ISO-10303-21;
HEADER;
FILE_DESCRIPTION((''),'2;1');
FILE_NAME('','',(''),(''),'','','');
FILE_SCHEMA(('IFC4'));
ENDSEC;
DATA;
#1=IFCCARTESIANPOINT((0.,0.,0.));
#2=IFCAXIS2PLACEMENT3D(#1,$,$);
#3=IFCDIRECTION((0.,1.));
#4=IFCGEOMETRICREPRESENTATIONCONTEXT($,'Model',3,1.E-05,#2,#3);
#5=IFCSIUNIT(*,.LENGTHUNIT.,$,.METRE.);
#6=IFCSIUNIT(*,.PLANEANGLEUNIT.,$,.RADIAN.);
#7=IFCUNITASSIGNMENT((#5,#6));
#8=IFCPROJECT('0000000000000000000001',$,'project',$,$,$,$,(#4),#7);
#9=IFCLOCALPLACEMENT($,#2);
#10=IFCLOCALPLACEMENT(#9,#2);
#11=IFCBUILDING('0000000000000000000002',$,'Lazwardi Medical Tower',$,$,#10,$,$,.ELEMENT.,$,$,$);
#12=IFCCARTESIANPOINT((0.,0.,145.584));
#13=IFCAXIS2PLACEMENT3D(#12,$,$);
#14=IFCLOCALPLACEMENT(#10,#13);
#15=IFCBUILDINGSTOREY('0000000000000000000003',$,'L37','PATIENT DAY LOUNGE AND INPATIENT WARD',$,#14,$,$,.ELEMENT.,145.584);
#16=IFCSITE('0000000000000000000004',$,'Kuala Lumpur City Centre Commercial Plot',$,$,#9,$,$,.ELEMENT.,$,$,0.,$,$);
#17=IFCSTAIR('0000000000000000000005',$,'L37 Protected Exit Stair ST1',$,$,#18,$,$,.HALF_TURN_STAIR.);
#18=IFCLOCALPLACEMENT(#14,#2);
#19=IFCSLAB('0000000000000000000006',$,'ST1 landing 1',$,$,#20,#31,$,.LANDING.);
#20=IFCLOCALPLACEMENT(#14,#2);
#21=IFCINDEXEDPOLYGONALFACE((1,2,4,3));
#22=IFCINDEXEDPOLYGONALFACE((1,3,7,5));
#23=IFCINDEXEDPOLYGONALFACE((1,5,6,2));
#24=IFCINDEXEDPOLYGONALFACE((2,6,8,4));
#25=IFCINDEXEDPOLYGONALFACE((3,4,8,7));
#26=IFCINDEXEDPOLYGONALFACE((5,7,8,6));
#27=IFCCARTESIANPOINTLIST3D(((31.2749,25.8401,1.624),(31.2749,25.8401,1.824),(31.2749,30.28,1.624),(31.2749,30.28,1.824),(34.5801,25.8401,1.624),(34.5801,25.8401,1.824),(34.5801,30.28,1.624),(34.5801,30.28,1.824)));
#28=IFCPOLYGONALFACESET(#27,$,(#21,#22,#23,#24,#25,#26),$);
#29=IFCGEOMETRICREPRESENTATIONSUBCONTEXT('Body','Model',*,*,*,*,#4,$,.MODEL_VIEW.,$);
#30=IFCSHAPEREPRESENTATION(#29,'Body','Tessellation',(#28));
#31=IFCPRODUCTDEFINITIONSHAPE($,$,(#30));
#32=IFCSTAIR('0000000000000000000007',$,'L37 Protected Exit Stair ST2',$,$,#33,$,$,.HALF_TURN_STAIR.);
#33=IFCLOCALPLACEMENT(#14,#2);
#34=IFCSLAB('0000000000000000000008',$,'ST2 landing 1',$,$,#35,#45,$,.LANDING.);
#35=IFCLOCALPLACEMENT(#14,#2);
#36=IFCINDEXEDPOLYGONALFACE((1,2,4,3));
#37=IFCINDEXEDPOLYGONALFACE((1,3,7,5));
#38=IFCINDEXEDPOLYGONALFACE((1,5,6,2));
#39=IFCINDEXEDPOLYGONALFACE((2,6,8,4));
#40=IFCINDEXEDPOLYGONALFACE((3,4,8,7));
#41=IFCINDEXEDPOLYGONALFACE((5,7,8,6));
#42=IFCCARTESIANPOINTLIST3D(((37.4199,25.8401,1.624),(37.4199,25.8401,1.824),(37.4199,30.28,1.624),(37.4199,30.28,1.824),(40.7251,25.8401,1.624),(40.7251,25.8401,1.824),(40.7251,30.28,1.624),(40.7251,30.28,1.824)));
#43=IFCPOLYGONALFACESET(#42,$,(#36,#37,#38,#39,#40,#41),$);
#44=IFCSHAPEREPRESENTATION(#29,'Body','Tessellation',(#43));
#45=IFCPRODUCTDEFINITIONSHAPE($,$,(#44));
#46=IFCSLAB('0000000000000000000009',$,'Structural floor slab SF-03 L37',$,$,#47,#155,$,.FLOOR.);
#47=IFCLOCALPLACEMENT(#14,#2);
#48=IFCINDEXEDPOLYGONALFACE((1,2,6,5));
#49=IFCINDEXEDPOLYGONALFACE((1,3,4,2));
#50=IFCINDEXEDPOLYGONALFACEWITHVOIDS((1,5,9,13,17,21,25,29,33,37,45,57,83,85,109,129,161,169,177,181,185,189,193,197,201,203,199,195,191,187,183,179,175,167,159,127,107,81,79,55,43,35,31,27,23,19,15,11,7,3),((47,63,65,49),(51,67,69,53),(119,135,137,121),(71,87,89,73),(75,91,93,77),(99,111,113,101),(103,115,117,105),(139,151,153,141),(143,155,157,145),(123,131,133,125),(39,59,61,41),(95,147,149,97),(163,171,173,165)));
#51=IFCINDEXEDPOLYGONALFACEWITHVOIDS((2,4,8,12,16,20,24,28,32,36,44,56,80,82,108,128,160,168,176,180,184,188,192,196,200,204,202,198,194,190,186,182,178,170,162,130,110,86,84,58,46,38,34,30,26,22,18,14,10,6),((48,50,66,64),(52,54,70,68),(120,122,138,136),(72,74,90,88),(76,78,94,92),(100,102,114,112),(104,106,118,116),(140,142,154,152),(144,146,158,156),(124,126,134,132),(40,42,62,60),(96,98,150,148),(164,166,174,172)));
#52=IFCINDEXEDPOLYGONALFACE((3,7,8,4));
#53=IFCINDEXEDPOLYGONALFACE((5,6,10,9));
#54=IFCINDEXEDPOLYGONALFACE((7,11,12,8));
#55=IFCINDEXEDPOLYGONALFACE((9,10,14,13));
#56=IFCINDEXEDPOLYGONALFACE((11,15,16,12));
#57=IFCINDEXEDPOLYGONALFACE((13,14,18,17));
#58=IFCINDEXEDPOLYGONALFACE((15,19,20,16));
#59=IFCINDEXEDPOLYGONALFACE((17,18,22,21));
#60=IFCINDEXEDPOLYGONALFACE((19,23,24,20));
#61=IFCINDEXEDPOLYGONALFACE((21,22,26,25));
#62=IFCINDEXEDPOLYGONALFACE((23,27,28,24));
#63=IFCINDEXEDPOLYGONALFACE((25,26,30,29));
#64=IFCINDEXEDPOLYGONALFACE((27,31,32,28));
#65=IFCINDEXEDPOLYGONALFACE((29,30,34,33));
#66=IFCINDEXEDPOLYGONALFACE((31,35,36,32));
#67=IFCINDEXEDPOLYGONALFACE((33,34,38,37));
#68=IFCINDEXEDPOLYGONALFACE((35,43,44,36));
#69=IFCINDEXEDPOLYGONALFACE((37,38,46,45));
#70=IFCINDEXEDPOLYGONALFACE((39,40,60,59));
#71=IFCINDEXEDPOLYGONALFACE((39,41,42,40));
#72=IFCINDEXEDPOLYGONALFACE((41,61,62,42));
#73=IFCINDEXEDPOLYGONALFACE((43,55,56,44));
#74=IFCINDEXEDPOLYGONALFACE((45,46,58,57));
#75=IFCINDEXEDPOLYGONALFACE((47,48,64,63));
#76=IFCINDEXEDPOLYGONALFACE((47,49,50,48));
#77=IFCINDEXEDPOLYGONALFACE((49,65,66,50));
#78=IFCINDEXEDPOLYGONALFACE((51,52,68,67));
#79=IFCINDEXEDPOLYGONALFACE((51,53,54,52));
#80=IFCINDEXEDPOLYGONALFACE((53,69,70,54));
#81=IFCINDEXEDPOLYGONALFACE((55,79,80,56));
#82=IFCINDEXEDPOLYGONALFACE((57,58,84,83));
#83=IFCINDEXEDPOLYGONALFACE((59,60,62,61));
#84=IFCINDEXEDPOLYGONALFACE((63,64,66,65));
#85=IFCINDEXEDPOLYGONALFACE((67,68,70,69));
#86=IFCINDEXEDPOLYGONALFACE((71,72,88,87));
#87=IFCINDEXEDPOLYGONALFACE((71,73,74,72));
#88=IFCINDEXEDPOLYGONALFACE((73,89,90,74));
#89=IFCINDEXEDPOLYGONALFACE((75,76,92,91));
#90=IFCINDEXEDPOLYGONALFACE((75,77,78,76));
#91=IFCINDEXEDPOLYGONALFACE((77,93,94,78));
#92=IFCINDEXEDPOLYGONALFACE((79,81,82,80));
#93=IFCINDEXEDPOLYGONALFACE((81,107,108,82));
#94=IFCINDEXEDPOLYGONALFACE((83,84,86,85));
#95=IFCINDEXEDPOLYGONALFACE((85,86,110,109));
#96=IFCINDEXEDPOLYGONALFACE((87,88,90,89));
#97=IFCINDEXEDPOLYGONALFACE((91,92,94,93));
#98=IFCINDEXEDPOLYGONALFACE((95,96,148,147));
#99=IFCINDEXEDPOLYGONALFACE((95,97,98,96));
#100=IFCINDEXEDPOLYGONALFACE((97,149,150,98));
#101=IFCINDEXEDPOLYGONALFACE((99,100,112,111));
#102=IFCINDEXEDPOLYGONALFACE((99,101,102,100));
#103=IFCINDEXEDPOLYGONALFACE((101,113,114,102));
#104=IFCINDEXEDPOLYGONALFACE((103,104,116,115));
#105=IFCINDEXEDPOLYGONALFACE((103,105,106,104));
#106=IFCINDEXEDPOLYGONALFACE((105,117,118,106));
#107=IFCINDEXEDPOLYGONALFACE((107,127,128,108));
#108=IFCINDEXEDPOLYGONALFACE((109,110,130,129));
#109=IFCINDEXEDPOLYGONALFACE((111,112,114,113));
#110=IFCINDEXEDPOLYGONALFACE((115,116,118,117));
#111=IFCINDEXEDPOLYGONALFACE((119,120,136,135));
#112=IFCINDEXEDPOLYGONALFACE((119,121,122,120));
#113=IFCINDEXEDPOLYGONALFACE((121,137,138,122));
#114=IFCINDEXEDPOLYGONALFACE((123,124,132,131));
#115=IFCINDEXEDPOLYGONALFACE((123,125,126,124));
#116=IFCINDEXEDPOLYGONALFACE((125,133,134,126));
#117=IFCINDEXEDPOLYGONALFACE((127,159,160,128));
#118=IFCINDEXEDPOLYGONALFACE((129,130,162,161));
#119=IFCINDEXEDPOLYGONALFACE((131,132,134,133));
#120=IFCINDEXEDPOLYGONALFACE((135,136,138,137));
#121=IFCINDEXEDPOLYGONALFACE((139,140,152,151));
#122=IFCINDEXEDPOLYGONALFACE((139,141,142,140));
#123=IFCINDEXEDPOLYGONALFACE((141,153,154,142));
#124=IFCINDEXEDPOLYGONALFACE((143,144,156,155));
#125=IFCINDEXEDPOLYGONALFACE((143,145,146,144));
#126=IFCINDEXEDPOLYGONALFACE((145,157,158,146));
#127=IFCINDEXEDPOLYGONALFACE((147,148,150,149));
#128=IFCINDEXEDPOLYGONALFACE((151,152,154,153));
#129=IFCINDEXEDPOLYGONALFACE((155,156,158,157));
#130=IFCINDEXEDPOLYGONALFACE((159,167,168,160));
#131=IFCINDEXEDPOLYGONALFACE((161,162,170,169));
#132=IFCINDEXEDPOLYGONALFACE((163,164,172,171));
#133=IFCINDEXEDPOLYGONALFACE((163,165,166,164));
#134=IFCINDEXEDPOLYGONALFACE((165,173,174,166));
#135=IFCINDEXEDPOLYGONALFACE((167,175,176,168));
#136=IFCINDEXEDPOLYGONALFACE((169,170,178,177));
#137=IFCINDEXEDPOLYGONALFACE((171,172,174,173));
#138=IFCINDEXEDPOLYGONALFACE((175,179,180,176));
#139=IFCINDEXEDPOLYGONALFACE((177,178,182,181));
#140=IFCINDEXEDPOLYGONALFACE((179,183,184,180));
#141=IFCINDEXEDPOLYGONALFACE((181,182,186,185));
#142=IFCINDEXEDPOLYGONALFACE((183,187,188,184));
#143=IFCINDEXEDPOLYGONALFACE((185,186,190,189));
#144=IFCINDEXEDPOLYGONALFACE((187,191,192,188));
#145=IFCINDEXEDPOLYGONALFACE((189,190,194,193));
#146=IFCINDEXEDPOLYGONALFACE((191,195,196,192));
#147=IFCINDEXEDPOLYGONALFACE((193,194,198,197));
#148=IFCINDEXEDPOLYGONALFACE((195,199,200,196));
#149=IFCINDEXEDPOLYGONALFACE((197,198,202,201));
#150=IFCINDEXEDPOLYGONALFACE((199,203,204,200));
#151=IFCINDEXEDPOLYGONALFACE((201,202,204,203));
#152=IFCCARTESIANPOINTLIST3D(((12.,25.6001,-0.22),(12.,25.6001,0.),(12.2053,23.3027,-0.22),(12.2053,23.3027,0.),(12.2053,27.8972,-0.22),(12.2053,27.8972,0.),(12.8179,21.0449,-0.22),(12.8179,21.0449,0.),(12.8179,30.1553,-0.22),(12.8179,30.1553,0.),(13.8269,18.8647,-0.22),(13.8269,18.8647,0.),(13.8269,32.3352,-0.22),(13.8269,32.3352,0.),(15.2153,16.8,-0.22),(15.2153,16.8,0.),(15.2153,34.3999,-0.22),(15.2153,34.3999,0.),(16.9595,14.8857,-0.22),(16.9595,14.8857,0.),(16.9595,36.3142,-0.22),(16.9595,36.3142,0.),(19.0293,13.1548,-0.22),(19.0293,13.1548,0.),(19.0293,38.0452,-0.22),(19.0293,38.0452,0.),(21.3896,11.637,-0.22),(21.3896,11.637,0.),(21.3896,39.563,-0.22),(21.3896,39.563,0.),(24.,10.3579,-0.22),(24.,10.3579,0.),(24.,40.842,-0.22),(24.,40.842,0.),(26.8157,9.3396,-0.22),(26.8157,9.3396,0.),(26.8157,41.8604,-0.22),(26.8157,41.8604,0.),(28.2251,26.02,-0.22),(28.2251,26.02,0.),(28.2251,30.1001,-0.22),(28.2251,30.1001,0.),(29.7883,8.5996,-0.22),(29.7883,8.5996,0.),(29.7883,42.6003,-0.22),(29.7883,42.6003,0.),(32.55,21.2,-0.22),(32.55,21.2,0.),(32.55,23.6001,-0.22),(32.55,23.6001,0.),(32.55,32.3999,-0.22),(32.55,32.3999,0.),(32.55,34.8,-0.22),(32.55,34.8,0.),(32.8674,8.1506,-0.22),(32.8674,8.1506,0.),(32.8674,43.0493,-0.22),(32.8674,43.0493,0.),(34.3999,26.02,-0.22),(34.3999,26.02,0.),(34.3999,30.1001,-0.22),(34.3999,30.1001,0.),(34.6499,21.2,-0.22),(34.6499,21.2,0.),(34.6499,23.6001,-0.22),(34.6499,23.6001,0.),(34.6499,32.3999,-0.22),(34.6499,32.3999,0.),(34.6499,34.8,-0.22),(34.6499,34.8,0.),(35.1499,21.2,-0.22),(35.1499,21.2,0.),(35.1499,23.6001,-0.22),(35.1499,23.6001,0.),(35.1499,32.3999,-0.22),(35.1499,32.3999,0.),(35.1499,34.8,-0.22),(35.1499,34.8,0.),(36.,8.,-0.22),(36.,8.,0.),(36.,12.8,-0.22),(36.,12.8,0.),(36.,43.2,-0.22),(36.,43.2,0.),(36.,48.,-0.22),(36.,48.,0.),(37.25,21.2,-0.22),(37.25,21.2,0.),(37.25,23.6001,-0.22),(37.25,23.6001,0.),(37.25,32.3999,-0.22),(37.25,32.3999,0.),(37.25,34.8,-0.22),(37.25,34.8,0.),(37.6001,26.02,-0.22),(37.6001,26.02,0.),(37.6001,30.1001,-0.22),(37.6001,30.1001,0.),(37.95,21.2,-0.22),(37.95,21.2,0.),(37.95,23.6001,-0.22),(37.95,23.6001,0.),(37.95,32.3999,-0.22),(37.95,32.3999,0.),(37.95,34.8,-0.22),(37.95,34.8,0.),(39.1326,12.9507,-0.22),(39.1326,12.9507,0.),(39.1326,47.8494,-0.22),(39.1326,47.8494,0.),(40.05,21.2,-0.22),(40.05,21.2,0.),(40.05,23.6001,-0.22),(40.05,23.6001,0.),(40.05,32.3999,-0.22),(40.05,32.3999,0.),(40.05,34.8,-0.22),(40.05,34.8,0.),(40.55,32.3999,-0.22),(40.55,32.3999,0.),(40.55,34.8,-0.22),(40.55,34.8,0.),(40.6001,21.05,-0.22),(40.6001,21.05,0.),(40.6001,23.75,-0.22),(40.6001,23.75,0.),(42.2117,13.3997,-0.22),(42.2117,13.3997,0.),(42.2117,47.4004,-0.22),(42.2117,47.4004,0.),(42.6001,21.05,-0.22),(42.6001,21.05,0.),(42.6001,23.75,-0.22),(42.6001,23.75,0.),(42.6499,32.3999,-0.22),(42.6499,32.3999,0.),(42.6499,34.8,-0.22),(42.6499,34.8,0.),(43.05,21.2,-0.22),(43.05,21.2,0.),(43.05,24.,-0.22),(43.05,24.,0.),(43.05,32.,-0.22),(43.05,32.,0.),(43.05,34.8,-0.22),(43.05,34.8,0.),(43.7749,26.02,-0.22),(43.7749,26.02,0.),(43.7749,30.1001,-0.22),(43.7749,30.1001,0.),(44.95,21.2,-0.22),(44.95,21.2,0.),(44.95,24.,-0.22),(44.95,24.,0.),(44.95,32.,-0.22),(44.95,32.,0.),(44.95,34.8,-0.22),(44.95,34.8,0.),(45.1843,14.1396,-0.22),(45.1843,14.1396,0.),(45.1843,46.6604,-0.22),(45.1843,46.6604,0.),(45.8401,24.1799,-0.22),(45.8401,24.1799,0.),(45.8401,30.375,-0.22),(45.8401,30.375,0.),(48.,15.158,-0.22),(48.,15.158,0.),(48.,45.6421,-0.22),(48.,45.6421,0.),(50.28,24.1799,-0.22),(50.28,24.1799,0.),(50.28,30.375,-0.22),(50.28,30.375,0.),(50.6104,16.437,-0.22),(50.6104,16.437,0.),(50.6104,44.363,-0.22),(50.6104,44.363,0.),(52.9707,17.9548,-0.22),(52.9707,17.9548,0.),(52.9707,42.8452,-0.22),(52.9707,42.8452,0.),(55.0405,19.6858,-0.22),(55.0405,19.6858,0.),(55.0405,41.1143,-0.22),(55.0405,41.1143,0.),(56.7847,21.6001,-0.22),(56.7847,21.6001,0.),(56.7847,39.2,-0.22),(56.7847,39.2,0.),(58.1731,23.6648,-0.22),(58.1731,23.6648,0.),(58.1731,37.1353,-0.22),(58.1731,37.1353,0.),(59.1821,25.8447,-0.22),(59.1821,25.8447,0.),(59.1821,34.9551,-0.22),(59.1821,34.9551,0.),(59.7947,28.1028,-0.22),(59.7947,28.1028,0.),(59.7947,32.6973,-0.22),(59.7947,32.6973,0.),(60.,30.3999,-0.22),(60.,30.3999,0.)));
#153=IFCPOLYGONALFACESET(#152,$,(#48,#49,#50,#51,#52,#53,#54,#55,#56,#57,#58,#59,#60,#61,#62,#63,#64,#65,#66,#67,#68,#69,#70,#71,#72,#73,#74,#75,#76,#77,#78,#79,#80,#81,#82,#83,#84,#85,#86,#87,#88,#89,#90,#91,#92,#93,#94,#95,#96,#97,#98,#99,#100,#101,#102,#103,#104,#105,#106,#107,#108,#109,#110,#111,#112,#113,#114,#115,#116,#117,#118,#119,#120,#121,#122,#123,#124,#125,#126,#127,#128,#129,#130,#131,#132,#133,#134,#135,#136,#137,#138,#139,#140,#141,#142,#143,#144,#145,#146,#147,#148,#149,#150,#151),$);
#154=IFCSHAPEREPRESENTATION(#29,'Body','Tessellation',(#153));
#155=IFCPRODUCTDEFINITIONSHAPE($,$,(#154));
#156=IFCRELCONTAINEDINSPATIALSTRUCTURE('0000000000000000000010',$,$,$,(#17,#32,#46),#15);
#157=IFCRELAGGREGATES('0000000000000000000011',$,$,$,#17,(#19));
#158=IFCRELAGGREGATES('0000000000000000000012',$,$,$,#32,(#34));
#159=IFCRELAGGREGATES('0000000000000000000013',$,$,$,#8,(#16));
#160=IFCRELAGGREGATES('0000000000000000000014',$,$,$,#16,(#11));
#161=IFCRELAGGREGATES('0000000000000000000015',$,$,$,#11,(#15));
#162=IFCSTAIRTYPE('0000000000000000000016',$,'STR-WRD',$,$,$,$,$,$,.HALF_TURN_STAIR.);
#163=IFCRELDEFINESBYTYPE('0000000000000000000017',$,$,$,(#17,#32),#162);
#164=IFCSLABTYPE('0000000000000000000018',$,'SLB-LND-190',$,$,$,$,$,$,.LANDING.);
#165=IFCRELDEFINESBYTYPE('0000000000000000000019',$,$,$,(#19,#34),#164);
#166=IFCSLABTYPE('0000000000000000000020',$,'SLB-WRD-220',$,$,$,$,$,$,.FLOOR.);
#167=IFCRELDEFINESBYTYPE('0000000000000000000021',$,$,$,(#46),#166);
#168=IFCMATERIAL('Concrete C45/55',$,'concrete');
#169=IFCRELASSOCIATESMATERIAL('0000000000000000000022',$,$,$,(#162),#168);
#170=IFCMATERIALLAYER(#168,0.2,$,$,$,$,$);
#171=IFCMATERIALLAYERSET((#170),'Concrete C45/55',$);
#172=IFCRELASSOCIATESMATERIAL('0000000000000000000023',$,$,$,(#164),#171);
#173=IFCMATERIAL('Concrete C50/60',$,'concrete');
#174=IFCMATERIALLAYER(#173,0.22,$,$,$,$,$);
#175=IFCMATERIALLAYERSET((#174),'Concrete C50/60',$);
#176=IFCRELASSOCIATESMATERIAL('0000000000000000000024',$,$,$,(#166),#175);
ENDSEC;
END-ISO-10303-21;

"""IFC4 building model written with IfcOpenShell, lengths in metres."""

from ifc_helpers import new_model, si_unit, direction, frame, origin, place, context, subcontext, project, spatial, polyline, outline, extrude, material, layer, layer_set, type_object, element, aggregate, save


model = new_model("IFC4")

# Units and contexts
model_context = context("Model", 3, precision=1e-05, world=origin(), true_north=direction((0.0, 1.0)))
body_context = subcontext(model_context, "Body", "Model", "MODEL_VIEW")
ifc_project = project(units=[si_unit("LENGTHUNIT", "METRE"), si_unit("PLANEANGLEUNIT", "RADIAN")], contexts=[model_context])

# Site, building, storey
site_placement = place(None, origin())
site = spatial("IfcSite", under=ifc_project, at=site_placement, Name="Kuala Lumpur City Centre Commercial Plot", CompositionType="ELEMENT", RefElevation=0.0)
building_placement = place(site_placement, origin())
building = spatial("IfcBuilding", under=site, at=building_placement, Name="Lazwardi Medical Tower", CompositionType="ELEMENT")
storey_placement = place(building_placement, frame((0.0, 0.0, 145.584)))
storey = spatial("IfcBuildingStorey", under=building, at=storey_placement, Name="L37", Description="PATIENT DAY LOUNGE AND INPATIENT WARD", CompositionType="ELEMENT", Elevation=145.584)

# Stairs, slabs
ifc_material_1 = material(Name="Concrete C45/55", Category="concrete")
stair_type = type_object("IfcStairType", Name="STR-WRD", PredefinedType="HALF_TURN_STAIR", material=ifc_material_1)
stair_1_placement = place(storey_placement, origin())
stair_1 = element("IfcStair", 1, at=stair_1_placement, inside=storey, type_object=stair_type, Name="L37 Protected Exit Stair ST1", PredefinedType="HALF_TURN_STAIR")
ifc_layer_1 = layer(ifc_material_1, 0.2)
ifc_layer_set_1 = layer_set([ifc_layer_1], Name="Concrete C45/55")
slab_type_1 = type_object("IfcSlabType", Name="SLB-LND-190", PredefinedType="LANDING", material=ifc_layer_set_1)
slab_1_placement = place(storey_placement, frame((0.0, 0.0, 1.624)))
slab_1 = element("IfcSlab", 2, at=slab_1_placement, type_object=slab_type_1, Name="ST1 landing 1", PredefinedType="LANDING", context=body_context, shape_type="SweptSolid", body=[
    extrude(outline(polyline([(31.2749, 25.8401), (34.5801, 25.8401), (34.5801, 30.28), (31.2749, 30.28), (31.2749, 25.8401)])), origin(), (0.0, 0.0, 1.0), 0.2),
])
aggregate(stair_1, [slab_1])
stair_2_placement = place(storey_placement, origin())
stair_2 = element("IfcStair", 3, at=stair_2_placement, inside=storey, type_object=stair_type, Name="L37 Protected Exit Stair ST2", PredefinedType="HALF_TURN_STAIR")
slab_2_placement = place(storey_placement, frame((0.0, 0.0, 1.624)))
slab_2 = element("IfcSlab", 4, at=slab_2_placement, type_object=slab_type_1, Name="ST2 landing 1", PredefinedType="LANDING", context=body_context, shape_type="SweptSolid", body=[
    extrude(outline(polyline([(40.7251, 30.28), (37.4199, 30.28), (37.4199, 25.8401), (40.7251, 25.8401), (40.7251, 30.28)])), origin(), (0.0, 0.0, 1.0), 0.2),
])
aggregate(stair_2, [slab_2])

# Slab
ifc_material_2 = material(Name="Concrete C50/60", Category="concrete")
ifc_layer_2 = layer(ifc_material_2, 0.22)
ifc_layer_set_2 = layer_set([ifc_layer_2], Name="Concrete C50/60")
slab_type_2 = type_object("IfcSlabType", Name="SLB-WRD-220", PredefinedType="FLOOR", material=ifc_layer_set_2)
slab_3_placement = place(storey_placement, frame((0.0, 0.0, -0.22)))
element("IfcSlab", 5, at=slab_3_placement, inside=storey, type_object=slab_type_2, Name="Structural floor slab SF-03 L37", PredefinedType="FLOOR", context=body_context, shape_type="SweptSolid", body=[
    extrude(outline(polyline([(12.2053, 23.3027), (12.8179, 21.0449), (13.8269, 18.8647), (15.2153, 16.8), (16.9595, 14.8857), (19.0293, 13.1548), (21.3896, 11.637), (24.0, 10.3579), (26.8157, 9.3396), (29.7883, 8.5996), (32.8674, 8.1506), (36.0, 8.0), (36.0, 12.8), (39.1326, 12.9507), (42.2117, 13.3997), (45.1843, 14.1396), (48.0, 15.158), (50.6104, 16.437), (52.9707, 17.9548), (55.0405, 19.6858), (56.7847, 21.6001), (58.1731, 23.6648), (59.1821, 25.8447), (59.7947, 28.1028), (60.0, 30.3999), (59.7947, 32.6973), (59.1821, 34.9551), (58.1731, 37.1353), (56.7847, 39.2), (55.0405, 41.1143), (52.9707, 42.8452), (50.6104, 44.363), (48.0, 45.6421), (45.1843, 46.6604), (42.2117, 47.4004), (39.1326, 47.8494), (36.0, 48.0), (36.0, 43.2), (32.8674, 43.0493), (29.7883, 42.6003), (26.8157, 41.8604), (24.0, 40.842), (21.3896, 39.563), (19.0293, 38.0452), (16.9595, 36.3142), (15.2153, 34.3999), (13.8269, 32.3352), (12.8179, 30.1553), (12.2053, 27.8972), (12.0, 25.6001), (12.2053, 23.3027)]), holes=[polyline([(28.2251, 26.02), (28.2251, 30.1001), (34.3999, 30.1001), (34.3999, 26.02), (28.2251, 26.02)]), polyline([(37.6001, 30.1001), (43.7749, 30.1001), (43.7749, 26.02), (37.6001, 26.02), (37.6001, 30.1001)]), polyline([(50.28, 30.375), (50.28, 24.1799), (45.8401, 24.1799), (45.8401, 30.375), (50.28, 30.375)]), polyline([(34.6499, 32.3999), (32.55, 32.3999), (32.55, 34.8), (34.6499, 34.8), (34.6499, 32.3999)]), polyline([(35.1499, 32.3999), (35.1499, 34.8), (37.25, 34.8), (37.25, 32.3999), (35.1499, 32.3999)]), polyline([(32.55, 23.6001), (34.6499, 23.6001), (34.6499, 21.2), (32.55, 21.2), (32.55, 23.6001)]), polyline([(37.25, 23.6001), (37.25, 21.2), (35.1499, 21.2), (35.1499, 23.6001), (37.25, 23.6001)]), polyline([(40.05, 32.3999), (37.95, 32.3999), (37.95, 34.8), (40.05, 34.8), (40.05, 32.3999)]), polyline([(40.55, 32.3999), (40.55, 34.8), (42.6499, 34.8), (42.6499, 32.3999), (40.55, 32.3999)]), polyline([(37.95, 23.6001), (40.05, 23.6001), (40.05, 21.2), (37.95, 21.2), (37.95, 23.6001)]), polyline([(44.95, 34.8), (44.95, 32.0), (43.05, 32.0), (43.05, 34.8), (44.95, 34.8)]), polyline([(44.95, 21.2), (43.05, 21.2), (43.05, 24.0), (44.95, 24.0), (44.95, 21.2)]), polyline([(40.6001, 21.05), (40.6001, 23.75), (42.6001, 23.75), (42.6001, 21.05), (40.6001, 21.05)])]), origin(), (0.0, 0.0, 1.0), 0.22),
])

save(model, "model.ifc")
